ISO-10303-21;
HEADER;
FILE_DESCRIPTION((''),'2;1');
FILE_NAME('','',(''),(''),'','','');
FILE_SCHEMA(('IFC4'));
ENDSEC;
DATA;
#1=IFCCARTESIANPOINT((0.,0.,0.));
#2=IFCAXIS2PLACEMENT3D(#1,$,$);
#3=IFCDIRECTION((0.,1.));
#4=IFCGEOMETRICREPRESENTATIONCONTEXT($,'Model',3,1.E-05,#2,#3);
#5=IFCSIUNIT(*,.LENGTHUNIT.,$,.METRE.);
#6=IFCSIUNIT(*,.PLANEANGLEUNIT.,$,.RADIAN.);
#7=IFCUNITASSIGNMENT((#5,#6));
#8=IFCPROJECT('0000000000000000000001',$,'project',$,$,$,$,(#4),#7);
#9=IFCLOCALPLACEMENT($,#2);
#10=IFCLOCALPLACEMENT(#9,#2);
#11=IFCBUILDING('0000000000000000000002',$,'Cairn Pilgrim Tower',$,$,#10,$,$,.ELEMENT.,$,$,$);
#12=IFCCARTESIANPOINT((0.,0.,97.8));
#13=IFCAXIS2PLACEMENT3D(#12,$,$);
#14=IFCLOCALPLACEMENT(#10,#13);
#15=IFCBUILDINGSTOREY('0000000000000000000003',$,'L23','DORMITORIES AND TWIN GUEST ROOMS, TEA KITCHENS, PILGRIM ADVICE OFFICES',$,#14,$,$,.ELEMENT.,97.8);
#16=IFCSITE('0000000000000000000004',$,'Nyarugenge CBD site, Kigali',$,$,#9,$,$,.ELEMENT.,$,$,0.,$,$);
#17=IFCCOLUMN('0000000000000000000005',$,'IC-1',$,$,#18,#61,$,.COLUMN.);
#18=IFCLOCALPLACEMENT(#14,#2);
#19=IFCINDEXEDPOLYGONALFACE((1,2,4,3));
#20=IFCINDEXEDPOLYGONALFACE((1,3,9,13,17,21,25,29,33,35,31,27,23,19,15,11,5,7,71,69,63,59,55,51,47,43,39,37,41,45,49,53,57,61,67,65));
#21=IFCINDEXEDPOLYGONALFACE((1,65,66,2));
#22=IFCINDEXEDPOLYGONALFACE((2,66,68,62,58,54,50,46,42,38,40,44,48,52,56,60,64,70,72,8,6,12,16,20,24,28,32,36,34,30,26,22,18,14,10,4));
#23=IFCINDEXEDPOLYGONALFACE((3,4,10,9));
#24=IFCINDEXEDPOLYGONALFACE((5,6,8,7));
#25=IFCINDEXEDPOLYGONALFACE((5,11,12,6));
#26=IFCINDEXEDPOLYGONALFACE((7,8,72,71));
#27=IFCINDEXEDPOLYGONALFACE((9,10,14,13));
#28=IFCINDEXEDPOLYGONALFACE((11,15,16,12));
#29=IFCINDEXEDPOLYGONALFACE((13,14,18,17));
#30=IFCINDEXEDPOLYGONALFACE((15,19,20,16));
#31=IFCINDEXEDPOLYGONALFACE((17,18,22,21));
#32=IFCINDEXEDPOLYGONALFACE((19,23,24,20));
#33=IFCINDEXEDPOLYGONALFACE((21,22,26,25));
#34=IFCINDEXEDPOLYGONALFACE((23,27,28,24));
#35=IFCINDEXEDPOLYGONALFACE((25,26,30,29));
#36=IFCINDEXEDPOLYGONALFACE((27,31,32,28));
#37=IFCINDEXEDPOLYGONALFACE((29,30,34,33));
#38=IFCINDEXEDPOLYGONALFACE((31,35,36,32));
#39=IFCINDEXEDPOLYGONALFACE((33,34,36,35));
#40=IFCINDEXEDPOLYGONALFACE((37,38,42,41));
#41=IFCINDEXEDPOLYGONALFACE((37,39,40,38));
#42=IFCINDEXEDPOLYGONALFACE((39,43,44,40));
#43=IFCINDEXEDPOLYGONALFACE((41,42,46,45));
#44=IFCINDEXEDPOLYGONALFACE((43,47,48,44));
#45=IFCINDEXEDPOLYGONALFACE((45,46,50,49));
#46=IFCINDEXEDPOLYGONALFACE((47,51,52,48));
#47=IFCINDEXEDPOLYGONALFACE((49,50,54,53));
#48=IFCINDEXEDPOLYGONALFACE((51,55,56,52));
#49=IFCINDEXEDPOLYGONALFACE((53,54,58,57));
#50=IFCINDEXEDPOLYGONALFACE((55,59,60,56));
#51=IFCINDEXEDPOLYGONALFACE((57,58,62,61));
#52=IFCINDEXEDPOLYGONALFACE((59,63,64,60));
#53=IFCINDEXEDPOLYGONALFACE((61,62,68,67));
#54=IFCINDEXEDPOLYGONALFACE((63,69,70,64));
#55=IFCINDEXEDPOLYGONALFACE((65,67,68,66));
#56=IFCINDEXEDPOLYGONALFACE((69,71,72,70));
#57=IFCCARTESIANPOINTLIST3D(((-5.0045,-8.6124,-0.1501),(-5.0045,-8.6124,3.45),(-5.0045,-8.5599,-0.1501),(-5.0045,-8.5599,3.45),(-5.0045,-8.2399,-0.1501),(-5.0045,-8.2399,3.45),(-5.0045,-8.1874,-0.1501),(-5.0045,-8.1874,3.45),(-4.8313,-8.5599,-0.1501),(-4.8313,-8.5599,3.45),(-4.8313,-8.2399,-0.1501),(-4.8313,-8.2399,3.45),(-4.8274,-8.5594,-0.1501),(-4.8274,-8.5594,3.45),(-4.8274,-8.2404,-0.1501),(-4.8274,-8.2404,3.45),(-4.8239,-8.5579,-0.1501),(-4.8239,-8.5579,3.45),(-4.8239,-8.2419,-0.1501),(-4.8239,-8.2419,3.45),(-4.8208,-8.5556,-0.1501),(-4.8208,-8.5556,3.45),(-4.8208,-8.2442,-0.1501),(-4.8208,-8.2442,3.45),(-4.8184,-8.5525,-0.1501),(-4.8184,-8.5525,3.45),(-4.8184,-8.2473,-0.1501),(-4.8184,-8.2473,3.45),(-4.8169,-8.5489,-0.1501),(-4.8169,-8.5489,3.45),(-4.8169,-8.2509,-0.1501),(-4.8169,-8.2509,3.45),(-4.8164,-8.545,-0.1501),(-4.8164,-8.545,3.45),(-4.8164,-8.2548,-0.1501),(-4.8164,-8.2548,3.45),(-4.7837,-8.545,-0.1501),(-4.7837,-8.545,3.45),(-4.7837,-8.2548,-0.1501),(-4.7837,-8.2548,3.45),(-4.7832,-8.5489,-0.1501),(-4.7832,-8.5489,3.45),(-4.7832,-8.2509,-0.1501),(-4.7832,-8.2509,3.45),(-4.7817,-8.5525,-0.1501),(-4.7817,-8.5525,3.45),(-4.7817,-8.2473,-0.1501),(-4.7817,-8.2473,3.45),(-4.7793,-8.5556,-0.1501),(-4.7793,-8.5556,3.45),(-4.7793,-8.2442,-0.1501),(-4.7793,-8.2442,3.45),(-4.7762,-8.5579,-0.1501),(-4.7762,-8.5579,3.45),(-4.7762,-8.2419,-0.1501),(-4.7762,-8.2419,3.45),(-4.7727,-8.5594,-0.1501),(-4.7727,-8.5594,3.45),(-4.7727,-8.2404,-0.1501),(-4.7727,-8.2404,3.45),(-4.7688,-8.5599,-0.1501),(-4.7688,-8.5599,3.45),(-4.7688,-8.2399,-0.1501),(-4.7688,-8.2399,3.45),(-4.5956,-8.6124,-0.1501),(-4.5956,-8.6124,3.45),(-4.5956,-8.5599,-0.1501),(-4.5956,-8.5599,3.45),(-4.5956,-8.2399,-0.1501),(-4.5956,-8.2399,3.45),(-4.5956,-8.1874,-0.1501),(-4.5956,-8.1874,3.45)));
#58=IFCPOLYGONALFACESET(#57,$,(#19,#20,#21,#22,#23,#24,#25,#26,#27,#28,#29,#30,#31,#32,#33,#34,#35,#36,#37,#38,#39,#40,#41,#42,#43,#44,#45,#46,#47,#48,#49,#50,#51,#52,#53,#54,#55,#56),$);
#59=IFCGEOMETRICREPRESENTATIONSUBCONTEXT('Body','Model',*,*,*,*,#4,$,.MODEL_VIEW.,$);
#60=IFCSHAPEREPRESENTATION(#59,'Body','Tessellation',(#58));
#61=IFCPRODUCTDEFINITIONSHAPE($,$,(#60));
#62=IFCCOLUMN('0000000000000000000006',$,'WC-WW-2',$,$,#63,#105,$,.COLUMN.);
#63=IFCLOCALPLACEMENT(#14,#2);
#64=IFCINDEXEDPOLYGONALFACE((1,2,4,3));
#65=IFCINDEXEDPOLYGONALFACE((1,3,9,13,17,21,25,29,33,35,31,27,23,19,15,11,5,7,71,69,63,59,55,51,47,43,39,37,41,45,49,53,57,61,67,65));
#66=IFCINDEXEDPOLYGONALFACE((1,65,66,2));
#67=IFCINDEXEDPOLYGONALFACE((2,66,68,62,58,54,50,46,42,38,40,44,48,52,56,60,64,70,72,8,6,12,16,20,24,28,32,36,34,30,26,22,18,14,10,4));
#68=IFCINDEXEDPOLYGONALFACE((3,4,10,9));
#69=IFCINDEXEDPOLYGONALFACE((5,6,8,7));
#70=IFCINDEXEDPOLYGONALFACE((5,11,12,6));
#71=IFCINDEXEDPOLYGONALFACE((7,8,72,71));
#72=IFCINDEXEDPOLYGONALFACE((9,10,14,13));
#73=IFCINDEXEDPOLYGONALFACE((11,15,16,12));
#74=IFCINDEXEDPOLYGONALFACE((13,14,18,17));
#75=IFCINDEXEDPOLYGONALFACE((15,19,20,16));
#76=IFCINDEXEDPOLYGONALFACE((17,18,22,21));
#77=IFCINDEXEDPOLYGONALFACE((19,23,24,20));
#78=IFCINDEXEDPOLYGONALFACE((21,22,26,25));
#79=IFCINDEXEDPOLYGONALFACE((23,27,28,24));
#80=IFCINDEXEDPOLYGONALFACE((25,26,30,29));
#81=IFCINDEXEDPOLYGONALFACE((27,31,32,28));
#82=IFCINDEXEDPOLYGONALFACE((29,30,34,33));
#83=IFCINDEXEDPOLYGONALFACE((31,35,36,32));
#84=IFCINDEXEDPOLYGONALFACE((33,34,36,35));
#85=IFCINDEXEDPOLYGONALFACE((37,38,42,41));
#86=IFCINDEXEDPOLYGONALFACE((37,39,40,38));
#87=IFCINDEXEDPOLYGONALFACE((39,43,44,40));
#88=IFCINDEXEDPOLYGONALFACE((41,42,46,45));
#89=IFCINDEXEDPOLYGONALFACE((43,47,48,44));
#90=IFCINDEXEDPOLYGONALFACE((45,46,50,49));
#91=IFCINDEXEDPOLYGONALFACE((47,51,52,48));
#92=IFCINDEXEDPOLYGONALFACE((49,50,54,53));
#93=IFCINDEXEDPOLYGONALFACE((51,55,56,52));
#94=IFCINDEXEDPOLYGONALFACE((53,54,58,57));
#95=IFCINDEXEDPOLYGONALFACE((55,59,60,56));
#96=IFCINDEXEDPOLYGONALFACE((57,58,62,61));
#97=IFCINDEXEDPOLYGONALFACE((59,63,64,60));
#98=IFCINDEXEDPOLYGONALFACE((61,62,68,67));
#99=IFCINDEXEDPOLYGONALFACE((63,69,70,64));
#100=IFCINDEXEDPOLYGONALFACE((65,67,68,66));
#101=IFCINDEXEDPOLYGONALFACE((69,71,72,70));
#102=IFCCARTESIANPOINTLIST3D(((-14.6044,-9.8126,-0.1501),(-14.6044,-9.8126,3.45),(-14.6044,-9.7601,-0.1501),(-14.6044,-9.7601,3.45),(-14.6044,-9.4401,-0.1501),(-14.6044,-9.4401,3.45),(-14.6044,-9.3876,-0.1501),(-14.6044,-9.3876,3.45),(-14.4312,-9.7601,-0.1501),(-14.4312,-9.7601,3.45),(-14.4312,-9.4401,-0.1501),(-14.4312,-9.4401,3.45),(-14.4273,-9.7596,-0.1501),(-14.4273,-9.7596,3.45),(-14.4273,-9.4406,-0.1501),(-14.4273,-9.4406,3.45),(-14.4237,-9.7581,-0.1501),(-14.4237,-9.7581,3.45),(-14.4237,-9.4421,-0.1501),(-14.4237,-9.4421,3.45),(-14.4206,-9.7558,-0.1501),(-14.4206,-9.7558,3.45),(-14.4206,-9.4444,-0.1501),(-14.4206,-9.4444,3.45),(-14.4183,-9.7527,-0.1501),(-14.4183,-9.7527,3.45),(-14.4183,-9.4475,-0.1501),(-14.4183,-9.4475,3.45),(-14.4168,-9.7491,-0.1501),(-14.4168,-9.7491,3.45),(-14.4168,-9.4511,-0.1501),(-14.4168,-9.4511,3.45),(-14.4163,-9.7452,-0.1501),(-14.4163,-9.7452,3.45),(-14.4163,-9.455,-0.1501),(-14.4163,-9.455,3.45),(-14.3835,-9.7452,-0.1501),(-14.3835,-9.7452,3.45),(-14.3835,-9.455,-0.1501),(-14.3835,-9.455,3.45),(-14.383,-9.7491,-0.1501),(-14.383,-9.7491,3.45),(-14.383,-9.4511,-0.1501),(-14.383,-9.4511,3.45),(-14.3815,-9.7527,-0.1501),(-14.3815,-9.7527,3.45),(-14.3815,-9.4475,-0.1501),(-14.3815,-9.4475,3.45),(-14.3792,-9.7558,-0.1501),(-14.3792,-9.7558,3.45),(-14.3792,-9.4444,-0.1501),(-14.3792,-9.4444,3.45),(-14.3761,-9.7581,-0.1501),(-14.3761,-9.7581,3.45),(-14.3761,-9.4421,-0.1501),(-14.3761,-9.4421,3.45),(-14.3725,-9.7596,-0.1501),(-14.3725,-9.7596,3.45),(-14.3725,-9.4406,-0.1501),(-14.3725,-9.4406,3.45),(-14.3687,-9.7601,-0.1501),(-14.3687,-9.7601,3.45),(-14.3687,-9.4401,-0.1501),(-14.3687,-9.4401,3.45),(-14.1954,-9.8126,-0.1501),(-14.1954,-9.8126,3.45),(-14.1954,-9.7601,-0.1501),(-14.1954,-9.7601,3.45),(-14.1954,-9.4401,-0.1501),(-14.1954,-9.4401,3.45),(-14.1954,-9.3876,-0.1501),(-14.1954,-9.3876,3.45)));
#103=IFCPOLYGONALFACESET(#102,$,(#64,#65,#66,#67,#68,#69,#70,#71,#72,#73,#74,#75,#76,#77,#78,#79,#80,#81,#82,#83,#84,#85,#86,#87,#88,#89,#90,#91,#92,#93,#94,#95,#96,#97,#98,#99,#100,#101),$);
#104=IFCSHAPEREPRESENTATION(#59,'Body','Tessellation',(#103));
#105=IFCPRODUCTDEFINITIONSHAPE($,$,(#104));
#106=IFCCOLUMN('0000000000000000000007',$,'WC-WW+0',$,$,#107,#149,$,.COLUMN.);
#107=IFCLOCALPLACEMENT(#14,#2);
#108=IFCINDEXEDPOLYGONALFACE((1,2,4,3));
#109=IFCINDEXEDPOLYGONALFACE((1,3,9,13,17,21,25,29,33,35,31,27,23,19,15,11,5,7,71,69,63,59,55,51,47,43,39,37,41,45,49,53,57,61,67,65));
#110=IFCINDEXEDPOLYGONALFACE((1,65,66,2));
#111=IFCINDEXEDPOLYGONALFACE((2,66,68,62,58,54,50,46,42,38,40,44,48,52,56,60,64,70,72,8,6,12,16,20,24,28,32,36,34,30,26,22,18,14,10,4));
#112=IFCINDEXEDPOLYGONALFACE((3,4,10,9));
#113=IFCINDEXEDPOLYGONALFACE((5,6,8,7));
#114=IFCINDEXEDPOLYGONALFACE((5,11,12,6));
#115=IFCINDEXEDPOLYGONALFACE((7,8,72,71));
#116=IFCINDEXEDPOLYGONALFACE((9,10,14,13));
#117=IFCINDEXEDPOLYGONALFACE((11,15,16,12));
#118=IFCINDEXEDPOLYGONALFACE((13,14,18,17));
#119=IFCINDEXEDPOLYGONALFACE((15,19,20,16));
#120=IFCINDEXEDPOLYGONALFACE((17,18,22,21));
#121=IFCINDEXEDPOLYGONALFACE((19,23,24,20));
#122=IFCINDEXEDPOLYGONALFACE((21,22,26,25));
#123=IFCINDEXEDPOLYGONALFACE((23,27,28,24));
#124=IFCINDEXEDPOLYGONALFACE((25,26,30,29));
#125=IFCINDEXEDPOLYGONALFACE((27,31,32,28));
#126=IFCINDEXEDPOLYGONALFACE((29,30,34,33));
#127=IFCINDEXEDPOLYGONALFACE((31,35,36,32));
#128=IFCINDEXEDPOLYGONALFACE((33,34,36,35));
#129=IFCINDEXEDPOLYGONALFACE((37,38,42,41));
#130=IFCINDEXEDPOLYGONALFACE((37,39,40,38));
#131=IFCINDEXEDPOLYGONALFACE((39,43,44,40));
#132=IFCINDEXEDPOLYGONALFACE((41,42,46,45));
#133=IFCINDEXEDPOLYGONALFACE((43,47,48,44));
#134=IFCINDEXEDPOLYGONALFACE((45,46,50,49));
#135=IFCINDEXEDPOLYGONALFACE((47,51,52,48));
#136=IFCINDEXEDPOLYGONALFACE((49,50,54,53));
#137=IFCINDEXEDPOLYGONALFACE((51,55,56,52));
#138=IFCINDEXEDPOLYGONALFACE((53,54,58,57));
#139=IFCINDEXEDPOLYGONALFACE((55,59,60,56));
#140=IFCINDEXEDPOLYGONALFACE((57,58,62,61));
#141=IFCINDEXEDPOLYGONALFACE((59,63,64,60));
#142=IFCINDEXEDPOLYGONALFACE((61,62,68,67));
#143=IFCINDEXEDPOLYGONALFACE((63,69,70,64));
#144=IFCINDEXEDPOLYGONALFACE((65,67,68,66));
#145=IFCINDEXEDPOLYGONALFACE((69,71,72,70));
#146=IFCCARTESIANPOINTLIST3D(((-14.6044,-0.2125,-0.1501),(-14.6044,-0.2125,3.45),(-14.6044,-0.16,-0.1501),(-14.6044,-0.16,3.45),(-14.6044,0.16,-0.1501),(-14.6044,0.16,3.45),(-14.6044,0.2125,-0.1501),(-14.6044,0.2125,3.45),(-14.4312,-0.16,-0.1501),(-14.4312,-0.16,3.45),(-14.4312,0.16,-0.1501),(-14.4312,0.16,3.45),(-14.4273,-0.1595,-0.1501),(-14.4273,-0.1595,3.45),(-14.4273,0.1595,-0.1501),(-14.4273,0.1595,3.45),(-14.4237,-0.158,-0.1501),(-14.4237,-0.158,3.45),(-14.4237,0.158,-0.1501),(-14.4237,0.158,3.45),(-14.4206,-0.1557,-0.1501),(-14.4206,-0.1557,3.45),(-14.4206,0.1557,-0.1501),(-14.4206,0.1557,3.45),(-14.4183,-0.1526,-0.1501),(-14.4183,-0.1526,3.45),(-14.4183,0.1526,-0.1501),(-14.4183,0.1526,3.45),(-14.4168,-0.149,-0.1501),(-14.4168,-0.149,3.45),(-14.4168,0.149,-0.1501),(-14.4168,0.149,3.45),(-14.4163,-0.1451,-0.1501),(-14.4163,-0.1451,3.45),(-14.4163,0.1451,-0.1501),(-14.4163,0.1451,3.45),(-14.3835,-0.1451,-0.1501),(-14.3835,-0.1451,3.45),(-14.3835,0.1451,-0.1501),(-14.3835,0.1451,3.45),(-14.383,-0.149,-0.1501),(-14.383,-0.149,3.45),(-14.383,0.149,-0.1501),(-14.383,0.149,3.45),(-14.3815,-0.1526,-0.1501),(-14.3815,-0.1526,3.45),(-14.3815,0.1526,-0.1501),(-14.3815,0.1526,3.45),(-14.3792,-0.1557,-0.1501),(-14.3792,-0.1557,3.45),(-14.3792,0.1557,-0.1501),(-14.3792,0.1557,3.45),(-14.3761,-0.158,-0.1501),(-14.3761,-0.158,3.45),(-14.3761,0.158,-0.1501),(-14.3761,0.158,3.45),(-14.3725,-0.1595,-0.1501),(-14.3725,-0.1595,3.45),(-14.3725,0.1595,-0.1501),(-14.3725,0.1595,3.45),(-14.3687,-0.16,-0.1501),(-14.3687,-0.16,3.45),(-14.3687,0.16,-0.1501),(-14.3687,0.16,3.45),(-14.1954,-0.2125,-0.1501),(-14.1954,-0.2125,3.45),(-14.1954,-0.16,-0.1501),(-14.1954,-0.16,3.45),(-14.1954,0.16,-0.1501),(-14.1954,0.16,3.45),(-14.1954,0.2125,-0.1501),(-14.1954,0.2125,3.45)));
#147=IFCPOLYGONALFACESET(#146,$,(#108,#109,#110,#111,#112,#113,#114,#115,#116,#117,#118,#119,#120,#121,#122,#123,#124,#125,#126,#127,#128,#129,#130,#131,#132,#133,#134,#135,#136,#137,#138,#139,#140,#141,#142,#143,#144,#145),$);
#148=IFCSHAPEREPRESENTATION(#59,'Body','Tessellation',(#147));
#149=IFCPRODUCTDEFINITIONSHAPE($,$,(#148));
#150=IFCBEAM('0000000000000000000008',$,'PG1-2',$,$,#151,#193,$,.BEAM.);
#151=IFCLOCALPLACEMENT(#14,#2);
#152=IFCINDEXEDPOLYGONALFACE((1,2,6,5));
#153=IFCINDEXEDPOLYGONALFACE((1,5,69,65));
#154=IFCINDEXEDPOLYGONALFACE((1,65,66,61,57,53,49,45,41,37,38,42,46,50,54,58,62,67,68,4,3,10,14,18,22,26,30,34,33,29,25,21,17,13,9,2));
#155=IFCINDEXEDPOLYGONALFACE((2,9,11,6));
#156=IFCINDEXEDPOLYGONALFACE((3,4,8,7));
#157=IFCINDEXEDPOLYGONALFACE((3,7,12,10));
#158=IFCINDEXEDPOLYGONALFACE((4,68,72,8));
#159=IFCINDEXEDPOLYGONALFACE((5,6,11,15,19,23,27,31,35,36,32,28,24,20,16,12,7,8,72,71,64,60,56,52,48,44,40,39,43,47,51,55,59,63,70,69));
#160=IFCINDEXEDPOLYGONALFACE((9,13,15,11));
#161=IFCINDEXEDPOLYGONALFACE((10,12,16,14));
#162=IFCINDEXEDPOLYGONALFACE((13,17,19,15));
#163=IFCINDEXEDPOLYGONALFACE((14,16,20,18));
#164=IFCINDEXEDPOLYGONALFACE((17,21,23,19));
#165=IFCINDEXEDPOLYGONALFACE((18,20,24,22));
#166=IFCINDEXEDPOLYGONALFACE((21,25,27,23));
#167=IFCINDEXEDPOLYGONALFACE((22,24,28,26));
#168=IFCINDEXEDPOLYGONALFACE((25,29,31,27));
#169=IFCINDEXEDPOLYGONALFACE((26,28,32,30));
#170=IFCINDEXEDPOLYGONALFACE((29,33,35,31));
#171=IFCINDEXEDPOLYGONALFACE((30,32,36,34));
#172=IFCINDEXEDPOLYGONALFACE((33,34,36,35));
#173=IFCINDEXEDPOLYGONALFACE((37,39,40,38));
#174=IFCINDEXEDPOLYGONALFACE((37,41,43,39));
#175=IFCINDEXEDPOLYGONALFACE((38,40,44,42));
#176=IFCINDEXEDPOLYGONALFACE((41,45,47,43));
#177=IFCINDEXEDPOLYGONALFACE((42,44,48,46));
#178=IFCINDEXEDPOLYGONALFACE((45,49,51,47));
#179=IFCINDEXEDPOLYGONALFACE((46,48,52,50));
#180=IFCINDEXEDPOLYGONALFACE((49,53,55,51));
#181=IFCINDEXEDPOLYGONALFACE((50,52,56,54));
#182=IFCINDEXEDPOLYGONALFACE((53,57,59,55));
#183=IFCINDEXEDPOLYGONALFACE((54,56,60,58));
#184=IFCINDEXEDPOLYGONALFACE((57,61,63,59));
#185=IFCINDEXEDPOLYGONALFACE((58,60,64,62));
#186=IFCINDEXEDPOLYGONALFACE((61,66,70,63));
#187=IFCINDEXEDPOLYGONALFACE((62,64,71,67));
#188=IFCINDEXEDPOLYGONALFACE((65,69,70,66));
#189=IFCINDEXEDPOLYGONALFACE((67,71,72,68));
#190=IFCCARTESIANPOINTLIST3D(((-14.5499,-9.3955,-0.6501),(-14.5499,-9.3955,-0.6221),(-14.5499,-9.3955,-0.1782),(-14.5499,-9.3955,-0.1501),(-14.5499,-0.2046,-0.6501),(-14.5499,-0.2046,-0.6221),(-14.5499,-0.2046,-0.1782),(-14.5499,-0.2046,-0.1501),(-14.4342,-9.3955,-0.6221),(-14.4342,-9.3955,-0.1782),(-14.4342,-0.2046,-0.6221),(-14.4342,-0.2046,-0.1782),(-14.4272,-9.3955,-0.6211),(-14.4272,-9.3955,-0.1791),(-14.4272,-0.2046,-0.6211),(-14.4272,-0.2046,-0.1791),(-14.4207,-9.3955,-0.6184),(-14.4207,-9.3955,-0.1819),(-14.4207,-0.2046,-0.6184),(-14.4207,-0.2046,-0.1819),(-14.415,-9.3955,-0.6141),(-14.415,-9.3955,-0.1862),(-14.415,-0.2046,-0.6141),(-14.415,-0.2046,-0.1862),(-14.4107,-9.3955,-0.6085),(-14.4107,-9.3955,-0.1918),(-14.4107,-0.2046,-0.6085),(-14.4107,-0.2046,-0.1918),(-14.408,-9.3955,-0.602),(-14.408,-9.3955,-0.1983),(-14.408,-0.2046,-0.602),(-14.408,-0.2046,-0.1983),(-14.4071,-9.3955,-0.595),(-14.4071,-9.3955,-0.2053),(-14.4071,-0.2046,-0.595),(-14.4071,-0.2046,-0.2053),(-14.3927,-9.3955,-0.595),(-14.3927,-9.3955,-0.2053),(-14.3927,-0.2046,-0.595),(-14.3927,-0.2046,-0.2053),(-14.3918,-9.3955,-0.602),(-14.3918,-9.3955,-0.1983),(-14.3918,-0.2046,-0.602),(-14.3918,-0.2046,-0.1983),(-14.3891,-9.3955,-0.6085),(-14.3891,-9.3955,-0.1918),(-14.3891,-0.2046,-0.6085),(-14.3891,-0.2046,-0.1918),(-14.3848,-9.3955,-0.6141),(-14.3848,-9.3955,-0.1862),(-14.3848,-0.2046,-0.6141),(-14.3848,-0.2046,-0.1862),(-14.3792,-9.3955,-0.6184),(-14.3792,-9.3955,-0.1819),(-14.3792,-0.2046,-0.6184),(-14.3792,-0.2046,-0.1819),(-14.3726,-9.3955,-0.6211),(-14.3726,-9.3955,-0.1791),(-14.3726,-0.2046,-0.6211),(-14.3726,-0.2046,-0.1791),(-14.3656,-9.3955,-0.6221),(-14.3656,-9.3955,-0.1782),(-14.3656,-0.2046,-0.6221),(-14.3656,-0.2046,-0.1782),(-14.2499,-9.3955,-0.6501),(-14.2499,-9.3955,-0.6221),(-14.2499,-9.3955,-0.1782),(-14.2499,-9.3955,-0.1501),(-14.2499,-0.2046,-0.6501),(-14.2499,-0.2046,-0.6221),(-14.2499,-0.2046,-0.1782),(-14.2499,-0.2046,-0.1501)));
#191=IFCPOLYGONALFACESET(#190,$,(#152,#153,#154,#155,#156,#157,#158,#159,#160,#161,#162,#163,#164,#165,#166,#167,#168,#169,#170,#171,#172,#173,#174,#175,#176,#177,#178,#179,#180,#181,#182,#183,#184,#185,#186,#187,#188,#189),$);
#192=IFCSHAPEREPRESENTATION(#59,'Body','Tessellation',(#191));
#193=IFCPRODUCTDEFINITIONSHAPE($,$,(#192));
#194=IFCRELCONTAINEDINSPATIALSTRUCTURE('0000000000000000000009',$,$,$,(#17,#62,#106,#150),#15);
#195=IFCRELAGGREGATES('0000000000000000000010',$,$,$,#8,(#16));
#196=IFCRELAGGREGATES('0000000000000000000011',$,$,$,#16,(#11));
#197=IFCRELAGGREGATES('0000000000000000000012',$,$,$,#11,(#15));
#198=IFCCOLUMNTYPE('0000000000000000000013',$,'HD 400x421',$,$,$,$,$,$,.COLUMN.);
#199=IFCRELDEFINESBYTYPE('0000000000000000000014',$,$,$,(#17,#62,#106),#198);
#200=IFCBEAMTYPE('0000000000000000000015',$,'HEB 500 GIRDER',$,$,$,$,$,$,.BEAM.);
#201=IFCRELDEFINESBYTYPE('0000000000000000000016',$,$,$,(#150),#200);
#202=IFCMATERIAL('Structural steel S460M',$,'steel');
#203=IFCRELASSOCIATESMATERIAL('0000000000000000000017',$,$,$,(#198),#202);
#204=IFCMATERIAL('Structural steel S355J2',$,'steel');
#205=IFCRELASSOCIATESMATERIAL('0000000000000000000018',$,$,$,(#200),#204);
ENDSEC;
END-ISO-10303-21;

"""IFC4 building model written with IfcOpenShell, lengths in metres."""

from ifc_helpers import new_model, si_unit, direction, frame, origin, origin_2d, place, context, subcontext, project, spatial, i_section, extrude, material, material_profile, profile_set, type_object, element, save


model = new_model("IFC4")

# Units and contexts
model_context = context("Model", 3, precision=1e-05, world=origin(), true_north=direction((0.0, 1.0)))
body_context = subcontext(model_context, "Body", "Model", "MODEL_VIEW")
ifc_project = project(units=[si_unit("LENGTHUNIT", "METRE"), si_unit("PLANEANGLEUNIT", "RADIAN")], contexts=[model_context])

# Site, building, storey
site_placement = place(None, origin())
site = spatial("IfcSite", under=ifc_project, at=site_placement, Name="Nyarugenge CBD site, Kigali", CompositionType="ELEMENT", RefElevation=0.0)
building_placement = place(site_placement, origin())
building = spatial("IfcBuilding", under=site, at=building_placement, Name="Cairn Pilgrim Tower", CompositionType="ELEMENT")
storey_placement = place(building_placement, frame((0.0, 0.0, 97.8)))
storey = spatial("IfcBuildingStorey", under=building, at=storey_placement, Name="L23", Description="DORMITORIES AND TWIN GUEST ROOMS, TEA KITCHENS, PILGRIM ADVICE OFFICES", CompositionType="ELEMENT", Elevation=97.8)

# Columns
ifc_material_1 = material(Name="Structural steel S460M", Category="steel")
ifc_material_profile_1 = material_profile(ifc_material_1, i_section(OverallWidth=0.4089, OverallDepth=0.425, WebThickness=0.0327, FlangeThickness=0.0525, FilletRadius=0.0149, at=origin_2d()), Name="HD 400x421")
ifc_profile_set_1 = profile_set([ifc_material_profile_1], Name="Structural steel S460M")
column_type = type_object("IfcColumnType", Name="HD 400x421", PredefinedType="COLUMN", material=ifc_profile_set_1)
for number, where, z_axis, x_axis, name in (
    (1, (-4.8, -8.3999, -0.1501), (0.0, 0.0, 1.0), (1.0, 0.0, 0.0), "IC-1"),
    (2, (-14.3999, -9.6001, -0.1501), (0.0, 0.0, 1.0), (1.0, 0.0, 0.0), "WC-WW-2"),
    (3, (-14.3999, 0.0, -0.1501), (0.0, 0.0, 1.0), (1.0, 0.0, 0.0), "WC-WW+0"),
):
    element("IfcColumn", number, at=place(storey_placement, frame(where, z_axis=z_axis, x_axis=x_axis)), inside=storey, type_object=column_type, Name=name, PredefinedType="COLUMN", context=body_context, shape_type="SweptSolid", body=[
        extrude(i_section(OverallWidth=0.4089, OverallDepth=0.425, WebThickness=0.0327, FlangeThickness=0.0525, FilletRadius=0.0149, at=origin_2d()), origin(), (0.0, 0.0, 1.0), 3.6001),
    ])

# Beam
ifc_material_2 = material(Name="Structural steel S355J2", Category="steel")
ifc_material_profile_2 = material_profile(ifc_material_2, i_section(OverallWidth=0.3, OverallDepth=0.5, WebThickness=0.0144, FlangeThickness=0.0281, FilletRadius=0.0271, at=origin_2d()), Name="HEB 500")
ifc_profile_set_2 = profile_set([ifc_material_profile_2], Name="Structural steel S355J2")
beam_type_1 = type_object("IfcBeamType", Name="HEB 500 GIRDER", PredefinedType="BEAM", material=ifc_profile_set_2)
beam_1_placement = place(storey_placement, frame((-14.3999, -9.3955, -0.4001), z_axis=(0.0, 1.0, 0.0), x_axis=(-1.0, 0.0, 0.0)))
element("IfcBeam", 4, at=beam_1_placement, inside=storey, type_object=beam_type_1, Name="PG1-2", PredefinedType="BEAM", context=body_context, shape_type="SweptSolid", body=[
    extrude(i_section(OverallWidth=0.3, OverallDepth=0.5, WebThickness=0.0144, FlangeThickness=0.0281, FilletRadius=0.0271, at=origin_2d()), origin(), (0.0, 0.0, 1.0), 9.1909),
])

save(model, "model.ifc")
